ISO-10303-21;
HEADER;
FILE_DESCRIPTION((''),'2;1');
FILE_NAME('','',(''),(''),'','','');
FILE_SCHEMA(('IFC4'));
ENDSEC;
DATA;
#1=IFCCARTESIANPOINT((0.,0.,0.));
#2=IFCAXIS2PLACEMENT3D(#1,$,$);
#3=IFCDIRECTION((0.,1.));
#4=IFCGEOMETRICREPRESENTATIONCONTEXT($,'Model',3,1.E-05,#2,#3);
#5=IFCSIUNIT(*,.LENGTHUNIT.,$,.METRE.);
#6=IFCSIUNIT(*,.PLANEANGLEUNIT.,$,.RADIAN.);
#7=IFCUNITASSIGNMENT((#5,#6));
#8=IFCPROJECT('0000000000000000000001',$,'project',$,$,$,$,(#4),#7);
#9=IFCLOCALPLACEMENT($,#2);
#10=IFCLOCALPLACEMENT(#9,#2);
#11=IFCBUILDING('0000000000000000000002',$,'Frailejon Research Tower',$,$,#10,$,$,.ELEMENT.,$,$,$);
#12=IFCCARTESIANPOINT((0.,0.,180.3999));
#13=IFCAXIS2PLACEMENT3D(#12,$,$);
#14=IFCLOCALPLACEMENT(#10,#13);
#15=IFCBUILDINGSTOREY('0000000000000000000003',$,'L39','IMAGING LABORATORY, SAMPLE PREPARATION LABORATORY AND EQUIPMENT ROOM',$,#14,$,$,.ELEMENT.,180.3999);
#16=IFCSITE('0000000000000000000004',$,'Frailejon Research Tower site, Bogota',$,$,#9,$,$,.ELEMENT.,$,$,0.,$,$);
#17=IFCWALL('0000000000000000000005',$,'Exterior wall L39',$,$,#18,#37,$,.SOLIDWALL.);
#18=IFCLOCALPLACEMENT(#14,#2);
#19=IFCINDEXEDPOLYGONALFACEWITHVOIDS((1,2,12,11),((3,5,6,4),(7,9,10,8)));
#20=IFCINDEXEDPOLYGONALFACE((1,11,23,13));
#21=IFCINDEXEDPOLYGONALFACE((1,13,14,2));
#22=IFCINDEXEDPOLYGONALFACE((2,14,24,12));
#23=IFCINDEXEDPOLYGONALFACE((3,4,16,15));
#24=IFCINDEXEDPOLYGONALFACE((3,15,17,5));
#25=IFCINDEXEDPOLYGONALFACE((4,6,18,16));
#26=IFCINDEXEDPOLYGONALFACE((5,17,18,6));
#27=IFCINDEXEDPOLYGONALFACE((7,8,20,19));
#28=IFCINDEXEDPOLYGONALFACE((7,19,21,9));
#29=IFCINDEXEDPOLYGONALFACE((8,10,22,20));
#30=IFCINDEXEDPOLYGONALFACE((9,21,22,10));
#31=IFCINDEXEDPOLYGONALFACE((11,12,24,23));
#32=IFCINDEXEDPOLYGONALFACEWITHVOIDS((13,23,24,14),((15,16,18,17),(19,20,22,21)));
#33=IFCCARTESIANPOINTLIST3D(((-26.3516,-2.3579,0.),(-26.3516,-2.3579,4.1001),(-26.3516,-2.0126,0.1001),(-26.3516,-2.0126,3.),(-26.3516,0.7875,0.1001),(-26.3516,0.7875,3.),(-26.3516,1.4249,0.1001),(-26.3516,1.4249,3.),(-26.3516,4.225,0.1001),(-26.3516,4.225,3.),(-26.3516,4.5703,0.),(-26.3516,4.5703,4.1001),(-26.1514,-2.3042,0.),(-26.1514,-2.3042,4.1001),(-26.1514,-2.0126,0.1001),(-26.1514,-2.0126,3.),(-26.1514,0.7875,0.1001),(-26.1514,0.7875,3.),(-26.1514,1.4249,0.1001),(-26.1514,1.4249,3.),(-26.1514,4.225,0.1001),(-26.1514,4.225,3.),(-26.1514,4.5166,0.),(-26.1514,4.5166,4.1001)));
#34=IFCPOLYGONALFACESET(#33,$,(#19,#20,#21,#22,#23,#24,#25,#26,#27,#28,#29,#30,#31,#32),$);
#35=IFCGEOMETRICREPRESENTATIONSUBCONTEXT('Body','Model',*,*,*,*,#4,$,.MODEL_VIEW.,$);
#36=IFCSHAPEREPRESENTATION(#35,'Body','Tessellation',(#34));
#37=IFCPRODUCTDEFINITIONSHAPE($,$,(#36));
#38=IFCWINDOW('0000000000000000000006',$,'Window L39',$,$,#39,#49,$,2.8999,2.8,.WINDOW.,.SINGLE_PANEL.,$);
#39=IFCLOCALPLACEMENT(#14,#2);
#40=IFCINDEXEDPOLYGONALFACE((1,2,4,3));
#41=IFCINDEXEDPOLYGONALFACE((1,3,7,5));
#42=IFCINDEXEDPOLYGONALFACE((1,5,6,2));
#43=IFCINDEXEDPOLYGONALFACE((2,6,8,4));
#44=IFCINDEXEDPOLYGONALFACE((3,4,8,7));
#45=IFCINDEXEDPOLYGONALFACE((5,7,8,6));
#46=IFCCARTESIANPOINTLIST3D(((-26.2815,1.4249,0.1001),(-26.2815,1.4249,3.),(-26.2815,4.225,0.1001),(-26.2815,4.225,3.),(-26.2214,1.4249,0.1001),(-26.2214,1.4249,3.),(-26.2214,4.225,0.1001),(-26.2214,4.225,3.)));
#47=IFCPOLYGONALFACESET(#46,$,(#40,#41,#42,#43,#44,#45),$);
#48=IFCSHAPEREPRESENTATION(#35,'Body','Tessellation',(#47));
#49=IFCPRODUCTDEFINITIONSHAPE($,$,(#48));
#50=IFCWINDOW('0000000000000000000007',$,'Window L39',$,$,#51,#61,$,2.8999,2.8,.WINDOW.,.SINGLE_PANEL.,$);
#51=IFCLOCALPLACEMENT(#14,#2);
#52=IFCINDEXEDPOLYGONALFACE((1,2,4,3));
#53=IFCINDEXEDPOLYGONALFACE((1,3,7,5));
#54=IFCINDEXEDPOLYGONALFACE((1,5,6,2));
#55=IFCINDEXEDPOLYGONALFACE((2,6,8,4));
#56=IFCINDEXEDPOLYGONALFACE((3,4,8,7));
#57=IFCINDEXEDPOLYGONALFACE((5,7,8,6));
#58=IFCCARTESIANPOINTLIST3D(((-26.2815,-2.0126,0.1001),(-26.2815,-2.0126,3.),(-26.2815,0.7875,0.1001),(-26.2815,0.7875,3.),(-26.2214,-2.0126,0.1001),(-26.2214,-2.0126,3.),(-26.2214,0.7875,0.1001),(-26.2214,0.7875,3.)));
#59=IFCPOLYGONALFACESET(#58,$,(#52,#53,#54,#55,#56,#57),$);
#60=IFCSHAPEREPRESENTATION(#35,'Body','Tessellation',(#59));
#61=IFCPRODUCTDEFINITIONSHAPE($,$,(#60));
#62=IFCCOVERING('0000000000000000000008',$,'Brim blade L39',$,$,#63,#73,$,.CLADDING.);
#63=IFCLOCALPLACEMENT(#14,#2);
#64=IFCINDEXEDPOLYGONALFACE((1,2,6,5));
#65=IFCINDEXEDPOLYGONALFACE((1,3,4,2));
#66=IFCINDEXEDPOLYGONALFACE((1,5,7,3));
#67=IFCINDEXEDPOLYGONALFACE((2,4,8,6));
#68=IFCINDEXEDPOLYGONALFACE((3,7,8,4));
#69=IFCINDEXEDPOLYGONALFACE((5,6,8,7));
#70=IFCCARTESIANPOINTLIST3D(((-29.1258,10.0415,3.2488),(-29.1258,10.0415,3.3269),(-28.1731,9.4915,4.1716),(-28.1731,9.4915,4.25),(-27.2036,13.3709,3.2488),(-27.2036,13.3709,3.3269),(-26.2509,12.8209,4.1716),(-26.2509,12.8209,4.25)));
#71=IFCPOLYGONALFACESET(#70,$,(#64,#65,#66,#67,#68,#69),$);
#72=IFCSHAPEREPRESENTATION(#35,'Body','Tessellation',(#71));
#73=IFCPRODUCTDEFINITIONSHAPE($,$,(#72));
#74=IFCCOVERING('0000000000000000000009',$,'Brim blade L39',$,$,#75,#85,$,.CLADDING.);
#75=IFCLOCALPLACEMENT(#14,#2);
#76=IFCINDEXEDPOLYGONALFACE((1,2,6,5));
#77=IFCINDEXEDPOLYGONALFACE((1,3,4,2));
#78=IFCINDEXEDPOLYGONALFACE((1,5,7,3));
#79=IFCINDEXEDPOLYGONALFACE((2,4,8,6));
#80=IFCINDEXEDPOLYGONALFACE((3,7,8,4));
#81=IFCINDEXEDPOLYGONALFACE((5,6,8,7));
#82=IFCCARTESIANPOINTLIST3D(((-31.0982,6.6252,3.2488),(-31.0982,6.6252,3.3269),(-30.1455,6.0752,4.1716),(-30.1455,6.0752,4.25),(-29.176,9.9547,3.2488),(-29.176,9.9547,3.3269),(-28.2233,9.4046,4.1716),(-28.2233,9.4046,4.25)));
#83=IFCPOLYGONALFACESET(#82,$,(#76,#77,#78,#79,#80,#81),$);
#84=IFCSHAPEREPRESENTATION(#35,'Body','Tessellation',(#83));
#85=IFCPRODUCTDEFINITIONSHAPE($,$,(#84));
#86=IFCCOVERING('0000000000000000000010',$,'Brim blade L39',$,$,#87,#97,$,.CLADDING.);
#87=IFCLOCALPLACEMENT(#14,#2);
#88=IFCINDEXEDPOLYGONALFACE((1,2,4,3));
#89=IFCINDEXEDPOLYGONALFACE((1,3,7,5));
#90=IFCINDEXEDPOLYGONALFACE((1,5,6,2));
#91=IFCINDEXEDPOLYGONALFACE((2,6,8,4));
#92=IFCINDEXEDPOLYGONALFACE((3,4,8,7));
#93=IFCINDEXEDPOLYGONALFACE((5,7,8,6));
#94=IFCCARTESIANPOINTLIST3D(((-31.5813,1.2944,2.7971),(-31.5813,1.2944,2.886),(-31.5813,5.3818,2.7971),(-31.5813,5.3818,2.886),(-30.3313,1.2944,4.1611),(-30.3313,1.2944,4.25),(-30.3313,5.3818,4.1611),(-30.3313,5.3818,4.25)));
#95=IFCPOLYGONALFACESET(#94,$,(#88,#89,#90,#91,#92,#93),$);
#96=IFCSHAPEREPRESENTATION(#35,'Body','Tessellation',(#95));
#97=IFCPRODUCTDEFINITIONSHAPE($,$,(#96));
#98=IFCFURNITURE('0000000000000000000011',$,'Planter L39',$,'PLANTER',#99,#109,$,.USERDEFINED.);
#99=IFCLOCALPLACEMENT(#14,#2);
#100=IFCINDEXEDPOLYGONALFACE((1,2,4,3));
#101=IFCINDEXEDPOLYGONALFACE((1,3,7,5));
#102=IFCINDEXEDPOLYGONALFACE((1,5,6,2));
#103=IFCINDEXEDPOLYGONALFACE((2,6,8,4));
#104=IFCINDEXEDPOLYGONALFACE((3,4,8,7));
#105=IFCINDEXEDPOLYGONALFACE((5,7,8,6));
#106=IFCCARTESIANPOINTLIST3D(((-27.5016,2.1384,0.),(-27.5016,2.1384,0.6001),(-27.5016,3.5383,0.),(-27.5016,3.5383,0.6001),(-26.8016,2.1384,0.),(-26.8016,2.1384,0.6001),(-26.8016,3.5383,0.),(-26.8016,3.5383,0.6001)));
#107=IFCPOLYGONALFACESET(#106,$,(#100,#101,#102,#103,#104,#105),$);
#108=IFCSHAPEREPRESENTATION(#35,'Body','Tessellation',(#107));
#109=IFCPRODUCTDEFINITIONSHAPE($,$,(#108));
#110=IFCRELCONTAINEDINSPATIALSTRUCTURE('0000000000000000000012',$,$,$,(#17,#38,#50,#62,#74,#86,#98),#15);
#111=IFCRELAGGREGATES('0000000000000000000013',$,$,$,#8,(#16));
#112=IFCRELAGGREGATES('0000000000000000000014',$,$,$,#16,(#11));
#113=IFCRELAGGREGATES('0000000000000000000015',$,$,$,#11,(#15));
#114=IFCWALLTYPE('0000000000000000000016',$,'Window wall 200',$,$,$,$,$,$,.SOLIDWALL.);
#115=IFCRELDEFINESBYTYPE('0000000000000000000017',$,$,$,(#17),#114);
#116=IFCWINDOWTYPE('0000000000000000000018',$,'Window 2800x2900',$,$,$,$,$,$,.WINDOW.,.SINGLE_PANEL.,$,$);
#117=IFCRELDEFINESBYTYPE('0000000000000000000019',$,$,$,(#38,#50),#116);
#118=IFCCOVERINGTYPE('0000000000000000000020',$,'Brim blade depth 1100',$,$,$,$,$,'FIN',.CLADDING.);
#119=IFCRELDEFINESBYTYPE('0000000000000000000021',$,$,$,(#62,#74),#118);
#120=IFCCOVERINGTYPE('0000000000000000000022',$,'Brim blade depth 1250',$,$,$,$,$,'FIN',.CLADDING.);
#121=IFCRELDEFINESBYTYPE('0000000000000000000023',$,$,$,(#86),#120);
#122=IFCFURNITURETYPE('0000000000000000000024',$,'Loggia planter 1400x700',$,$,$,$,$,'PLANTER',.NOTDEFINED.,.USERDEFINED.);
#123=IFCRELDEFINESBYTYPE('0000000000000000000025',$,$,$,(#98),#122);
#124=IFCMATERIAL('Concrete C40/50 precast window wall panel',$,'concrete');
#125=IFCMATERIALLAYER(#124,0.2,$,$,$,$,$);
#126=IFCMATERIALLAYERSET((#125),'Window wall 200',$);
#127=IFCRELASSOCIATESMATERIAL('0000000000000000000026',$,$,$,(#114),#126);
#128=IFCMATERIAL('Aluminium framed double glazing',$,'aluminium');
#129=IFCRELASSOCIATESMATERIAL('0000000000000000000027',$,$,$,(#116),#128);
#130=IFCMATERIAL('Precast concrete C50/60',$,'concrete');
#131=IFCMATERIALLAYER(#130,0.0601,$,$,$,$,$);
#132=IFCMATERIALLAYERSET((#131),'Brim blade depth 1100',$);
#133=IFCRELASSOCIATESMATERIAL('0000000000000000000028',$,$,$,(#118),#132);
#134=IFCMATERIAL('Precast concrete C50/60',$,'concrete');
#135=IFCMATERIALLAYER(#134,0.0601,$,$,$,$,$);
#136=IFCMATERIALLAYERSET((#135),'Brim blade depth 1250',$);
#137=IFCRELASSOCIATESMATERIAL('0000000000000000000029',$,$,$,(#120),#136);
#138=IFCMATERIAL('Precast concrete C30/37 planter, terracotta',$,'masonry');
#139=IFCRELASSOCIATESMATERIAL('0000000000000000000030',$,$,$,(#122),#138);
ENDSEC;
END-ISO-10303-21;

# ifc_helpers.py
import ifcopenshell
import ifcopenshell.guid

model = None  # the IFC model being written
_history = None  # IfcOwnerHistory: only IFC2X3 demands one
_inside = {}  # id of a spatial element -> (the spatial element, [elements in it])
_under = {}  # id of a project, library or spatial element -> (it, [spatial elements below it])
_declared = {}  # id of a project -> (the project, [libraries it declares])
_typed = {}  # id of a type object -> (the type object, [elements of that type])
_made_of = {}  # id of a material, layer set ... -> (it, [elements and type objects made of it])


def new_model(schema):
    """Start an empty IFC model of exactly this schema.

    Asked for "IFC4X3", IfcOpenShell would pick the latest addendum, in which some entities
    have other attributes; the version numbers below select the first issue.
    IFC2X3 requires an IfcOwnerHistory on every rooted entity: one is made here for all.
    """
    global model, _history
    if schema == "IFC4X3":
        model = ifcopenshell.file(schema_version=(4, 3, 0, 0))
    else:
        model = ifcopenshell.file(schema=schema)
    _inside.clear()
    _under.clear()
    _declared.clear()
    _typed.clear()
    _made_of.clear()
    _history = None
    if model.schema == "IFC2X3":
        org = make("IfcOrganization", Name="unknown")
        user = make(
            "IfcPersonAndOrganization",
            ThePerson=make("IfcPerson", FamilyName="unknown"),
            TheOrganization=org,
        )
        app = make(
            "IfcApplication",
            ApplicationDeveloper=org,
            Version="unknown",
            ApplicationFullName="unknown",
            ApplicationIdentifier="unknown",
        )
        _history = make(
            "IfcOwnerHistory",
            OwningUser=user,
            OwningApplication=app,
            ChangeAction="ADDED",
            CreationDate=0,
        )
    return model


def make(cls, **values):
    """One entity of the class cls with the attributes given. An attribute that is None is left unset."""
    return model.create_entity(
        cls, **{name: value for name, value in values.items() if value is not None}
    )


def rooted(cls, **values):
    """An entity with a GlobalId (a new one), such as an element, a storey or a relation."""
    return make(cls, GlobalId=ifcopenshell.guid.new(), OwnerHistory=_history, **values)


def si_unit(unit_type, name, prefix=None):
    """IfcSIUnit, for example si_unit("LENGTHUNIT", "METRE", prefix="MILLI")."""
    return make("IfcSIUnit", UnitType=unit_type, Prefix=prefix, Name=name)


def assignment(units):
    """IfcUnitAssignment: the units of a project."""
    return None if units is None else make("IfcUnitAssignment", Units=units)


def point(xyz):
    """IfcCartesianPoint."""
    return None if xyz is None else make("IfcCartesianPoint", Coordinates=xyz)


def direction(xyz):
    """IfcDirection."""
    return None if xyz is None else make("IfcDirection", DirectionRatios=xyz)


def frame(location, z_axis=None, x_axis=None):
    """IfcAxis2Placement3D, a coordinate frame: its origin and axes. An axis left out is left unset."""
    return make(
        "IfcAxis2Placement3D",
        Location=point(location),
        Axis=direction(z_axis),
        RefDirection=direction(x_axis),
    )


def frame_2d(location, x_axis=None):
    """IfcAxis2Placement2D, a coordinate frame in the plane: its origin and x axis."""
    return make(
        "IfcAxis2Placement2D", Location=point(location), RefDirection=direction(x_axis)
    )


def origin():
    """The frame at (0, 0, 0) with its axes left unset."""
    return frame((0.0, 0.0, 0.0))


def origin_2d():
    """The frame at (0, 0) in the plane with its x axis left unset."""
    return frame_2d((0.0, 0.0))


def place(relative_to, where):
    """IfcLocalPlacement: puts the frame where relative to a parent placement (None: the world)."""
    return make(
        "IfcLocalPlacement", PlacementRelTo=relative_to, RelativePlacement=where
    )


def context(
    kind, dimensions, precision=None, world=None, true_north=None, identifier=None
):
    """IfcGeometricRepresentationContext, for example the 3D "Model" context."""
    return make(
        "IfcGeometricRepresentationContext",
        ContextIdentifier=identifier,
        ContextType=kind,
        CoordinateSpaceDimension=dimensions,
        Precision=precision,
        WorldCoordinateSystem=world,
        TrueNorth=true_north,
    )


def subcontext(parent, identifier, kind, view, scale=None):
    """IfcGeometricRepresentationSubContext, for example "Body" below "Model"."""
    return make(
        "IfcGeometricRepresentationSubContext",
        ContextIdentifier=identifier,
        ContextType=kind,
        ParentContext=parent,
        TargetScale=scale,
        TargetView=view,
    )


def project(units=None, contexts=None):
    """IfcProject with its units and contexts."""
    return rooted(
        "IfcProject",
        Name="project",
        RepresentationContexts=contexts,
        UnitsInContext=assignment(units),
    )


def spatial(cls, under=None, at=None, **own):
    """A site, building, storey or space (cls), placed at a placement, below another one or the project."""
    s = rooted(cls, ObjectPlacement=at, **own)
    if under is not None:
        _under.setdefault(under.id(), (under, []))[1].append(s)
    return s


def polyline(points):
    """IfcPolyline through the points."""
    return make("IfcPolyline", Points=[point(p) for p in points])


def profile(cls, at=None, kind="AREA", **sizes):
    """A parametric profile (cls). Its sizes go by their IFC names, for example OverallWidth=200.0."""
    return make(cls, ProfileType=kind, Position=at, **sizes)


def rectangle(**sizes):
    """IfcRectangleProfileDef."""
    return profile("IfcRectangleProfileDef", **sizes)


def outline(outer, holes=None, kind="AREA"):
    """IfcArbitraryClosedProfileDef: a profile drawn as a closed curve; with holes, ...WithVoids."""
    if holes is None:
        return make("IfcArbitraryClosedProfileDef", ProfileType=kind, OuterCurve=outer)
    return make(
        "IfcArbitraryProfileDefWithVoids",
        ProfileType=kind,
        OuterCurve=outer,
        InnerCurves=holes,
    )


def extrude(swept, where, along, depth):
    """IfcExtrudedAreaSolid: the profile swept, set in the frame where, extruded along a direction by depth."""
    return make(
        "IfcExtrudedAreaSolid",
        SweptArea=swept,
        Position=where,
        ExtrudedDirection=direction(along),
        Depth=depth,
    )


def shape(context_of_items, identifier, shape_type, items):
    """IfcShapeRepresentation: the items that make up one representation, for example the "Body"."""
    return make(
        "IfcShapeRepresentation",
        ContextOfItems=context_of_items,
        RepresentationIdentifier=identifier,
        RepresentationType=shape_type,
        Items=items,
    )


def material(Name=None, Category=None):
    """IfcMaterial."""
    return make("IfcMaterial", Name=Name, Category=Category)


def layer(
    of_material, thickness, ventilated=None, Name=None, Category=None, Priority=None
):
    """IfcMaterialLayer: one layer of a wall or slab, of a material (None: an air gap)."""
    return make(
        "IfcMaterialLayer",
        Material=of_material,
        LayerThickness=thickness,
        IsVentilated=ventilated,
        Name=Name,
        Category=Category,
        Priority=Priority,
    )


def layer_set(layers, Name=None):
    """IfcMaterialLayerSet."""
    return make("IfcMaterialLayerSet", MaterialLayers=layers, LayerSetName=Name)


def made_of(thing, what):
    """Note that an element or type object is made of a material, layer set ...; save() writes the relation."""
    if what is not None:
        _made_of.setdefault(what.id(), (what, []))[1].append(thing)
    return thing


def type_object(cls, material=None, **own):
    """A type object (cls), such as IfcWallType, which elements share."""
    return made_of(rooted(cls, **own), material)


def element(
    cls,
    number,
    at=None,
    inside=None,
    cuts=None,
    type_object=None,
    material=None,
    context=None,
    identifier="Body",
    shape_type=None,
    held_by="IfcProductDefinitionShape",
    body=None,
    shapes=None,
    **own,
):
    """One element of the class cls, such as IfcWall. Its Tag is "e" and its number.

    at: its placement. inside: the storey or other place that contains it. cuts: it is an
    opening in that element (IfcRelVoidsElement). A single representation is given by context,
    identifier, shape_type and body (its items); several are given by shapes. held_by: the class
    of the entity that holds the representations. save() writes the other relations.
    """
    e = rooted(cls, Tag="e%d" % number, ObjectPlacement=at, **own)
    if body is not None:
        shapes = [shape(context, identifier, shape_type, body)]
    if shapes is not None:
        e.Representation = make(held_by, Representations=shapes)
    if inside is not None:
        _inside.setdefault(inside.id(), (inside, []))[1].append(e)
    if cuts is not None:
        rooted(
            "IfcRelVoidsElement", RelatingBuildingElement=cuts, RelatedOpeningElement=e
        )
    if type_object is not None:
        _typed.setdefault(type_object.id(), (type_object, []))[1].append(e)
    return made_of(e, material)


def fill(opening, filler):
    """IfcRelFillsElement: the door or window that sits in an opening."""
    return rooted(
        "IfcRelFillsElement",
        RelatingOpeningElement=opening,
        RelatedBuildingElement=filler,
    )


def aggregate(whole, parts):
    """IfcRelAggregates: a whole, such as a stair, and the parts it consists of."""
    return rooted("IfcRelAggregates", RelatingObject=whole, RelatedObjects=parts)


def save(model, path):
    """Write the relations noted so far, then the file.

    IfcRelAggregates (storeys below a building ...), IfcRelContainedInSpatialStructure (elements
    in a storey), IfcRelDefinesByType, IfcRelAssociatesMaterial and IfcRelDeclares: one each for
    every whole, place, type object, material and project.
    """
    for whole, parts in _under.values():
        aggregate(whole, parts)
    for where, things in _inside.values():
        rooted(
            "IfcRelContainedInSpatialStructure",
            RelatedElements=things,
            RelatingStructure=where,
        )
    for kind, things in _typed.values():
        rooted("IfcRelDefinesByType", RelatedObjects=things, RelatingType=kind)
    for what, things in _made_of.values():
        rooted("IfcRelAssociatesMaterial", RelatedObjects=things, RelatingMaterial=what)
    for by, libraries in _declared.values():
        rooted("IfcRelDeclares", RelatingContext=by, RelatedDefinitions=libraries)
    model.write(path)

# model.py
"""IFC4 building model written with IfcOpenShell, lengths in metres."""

from ifc_helpers import new_model, si_unit, direction, frame, frame_2d, origin, origin_2d, place, context, subcontext, project, spatial, polyline, rectangle, outline, extrude, material, layer, layer_set, type_object, element, fill, save


model = new_model("IFC4")

# Units and contexts
model_context = context("Model", 3, precision=1e-05, world=origin(), true_north=direction((0.0, 1.0)))
body_context = subcontext(model_context, "Body", "Model", "MODEL_VIEW")
ifc_project = project(units=[si_unit("LENGTHUNIT", "METRE"), si_unit("PLANEANGLEUNIT", "RADIAN")], contexts=[model_context])

# Site, building, storey
site_placement = place(None, origin())
site = spatial("IfcSite", under=ifc_project, at=site_placement, Name="Frailejon Research Tower site, Bogota", CompositionType="ELEMENT", RefElevation=0.0)
building_placement = place(site_placement, origin())
building = spatial("IfcBuilding", under=site, at=building_placement, Name="Frailejon Research Tower", CompositionType="ELEMENT")
storey_placement = place(building_placement, frame((0.0, 0.0, 180.3999)))
storey = spatial("IfcBuildingStorey", under=building, at=storey_placement, Name="L39", Description="IMAGING LABORATORY, SAMPLE PREPARATION LABORATORY AND EQUIPMENT ROOM", CompositionType="ELEMENT", Elevation=180.3999)

# Wall, openings, windows
ifc_material_1 = material(Name="Concrete C40/50 precast window wall panel", Category="concrete")
ifc_layer_1 = layer(ifc_material_1, 0.2)
ifc_layer_set_1 = layer_set([ifc_layer_1], Name="Window wall 200")
wall_type_1 = type_object("IfcWallType", Name="Window wall 200", PredefinedType="SOLIDWALL", material=ifc_layer_set_1)
wall_1_placement = place(storey_placement, frame((-26.2515, 4.5435, 0.0), z_axis=(0.0, 0.0, 1.0), x_axis=(0.0, -1.0, 0.0)))
wall_1 = element("IfcWall", 1, at=wall_1_placement, inside=storey, type_object=wall_type_1, Name="Exterior wall L39", PredefinedType="SOLIDWALL", context=body_context, shape_type="SweptSolid", body=[
    extrude(outline(polyline([(-0.0269, -0.1001), (1.1279, -0.1001), (2.2825, -0.1001), (3.4373, -0.1001), (4.592, -0.1001), (5.7466, -0.1001), (6.9014, -0.1001), (6.8477, 0.1001), (5.7109, 0.1001), (4.574, 0.1001), (3.4373, 0.1001), (2.3005, 0.1001), (1.1636, 0.1001), (0.0269, 0.1001), (-0.0269, -0.1001)])), origin(), (0.0, 0.0, 1.0), 4.1001),
])
opening_1_placement = place(wall_1_placement, frame((0.3186, 0.0, 0.1001)))
opening_1 = element("IfcOpeningElement", 2, at=opening_1_placement, cuts=wall_1, PredefinedType="OPENING", context=body_context, shape_type="SweptSolid", body=[
    extrude(rectangle(XDim=2.8, YDim=2.8999, at=frame_2d((1.3999, 1.45))), frame((0.0, 0.1099, 0.0), z_axis=(0.0, -1.0, 0.0), x_axis=(1.0, 0.0, 0.0)), (0.0, 0.0, 1.0), 0.22),
])
opening_2_placement = place(wall_1_placement, frame((3.7561, 0.0, 0.1001)))
opening_2 = element("IfcOpeningElement", 3, at=opening_2_placement, cuts=wall_1, PredefinedType="OPENING", context=body_context, shape_type="SweptSolid", body=[
    extrude(rectangle(XDim=2.8, YDim=2.8999, at=frame_2d((1.3999, 1.45))), frame((0.0, 0.1099, 0.0), z_axis=(0.0, -1.0, 0.0), x_axis=(1.0, 0.0, 0.0)), (0.0, 0.0, 1.0), 0.22),
])
ifc_material_2 = material(Name="Aluminium framed double glazing", Category="aluminium")
window_type = type_object("IfcWindowType", Name="Window 2800x2900", PartitioningType="SINGLE_PANEL", PredefinedType="WINDOW", material=ifc_material_2)
window_1_placement = place(opening_1_placement, origin())
window_1 = element("IfcWindow", 4, at=window_1_placement, inside=storey, type_object=window_type, Name="Window L39", OverallHeight=2.8999, OverallWidth=2.8, PartitioningType="SINGLE_PANEL", PredefinedType="WINDOW", context=body_context, shape_type="SweptSolid", body=[
    extrude(rectangle(XDim=2.8, YDim=2.8999, at=frame_2d((1.3999, 1.45))), frame((0.0, 0.03, 0.0), z_axis=(0.0, -1.0, 0.0), x_axis=(1.0, 0.0, 0.0)), (0.0, 0.0, 1.0), 0.0601),
])
fill(opening_1, window_1)
window_2_placement = place(opening_2_placement, origin())
window_2 = element("IfcWindow", 5, at=window_2_placement, inside=storey, type_object=window_type, Name="Window L39", OverallHeight=2.8999, OverallWidth=2.8, PartitioningType="SINGLE_PANEL", PredefinedType="WINDOW", context=body_context, shape_type="SweptSolid", body=[
    extrude(rectangle(XDim=2.8, YDim=2.8999, at=frame_2d((1.3999, 1.45))), frame((0.0, 0.03, 0.0), z_axis=(0.0, -1.0, 0.0), x_axis=(1.0, 0.0, 0.0)), (0.0, 0.0, 1.0), 0.0601),
])
fill(opening_2, window_2)

# Coverings
ifc_material_3 = material(Name="Precast concrete C50/60", Category="concrete")
ifc_layer_2 = layer(ifc_material_3, 0.0601)
ifc_layer_set_2 = layer_set([ifc_layer_2], Name="Brim blade depth 1100")
covering_type_1 = type_object("IfcCoveringType", Name="Brim blade depth 1100", ElementType="FIN", PredefinedType="CLADDING", material=ifc_layer_set_2)
for number, where, z_axis, x_axis, name in (
    (6, (-28.1731, 9.4915, 4.25), (0.499984, 0.866035, 0.0), (-0.866035, 0.499984, 0.0), "Brim blade L39"),
    (7, (-30.1455, 6.0752, 4.25), (0.500003, 0.866024, 0.0), (-0.866024, 0.500003, 0.0), "Brim blade L39"),
):
    element("IfcCovering", number, at=place(storey_placement, frame(where, z_axis=z_axis, x_axis=x_axis)), inside=storey, type_object=covering_type_1, Name=name, PredefinedType="CLADDING", context=body_context, shape_type="SweptSolid", body=[
        extrude(outline(polyline([(0.0, -0.0784), (1.1001, -1.0012), (1.1001, -0.9231), (0.0, 0.0), (0.0, -0.0784)])), origin(), (0.0, 0.0, 1.0), 3.8445),
    ])
ifc_material_4 = material(Name="Precast concrete C50/60", Category="concrete")
ifc_layer_3 = layer(ifc_material_4, 0.0601)
ifc_layer_set_3 = layer_set([ifc_layer_3], Name="Brim blade depth 1250")
covering_type_2 = type_object("IfcCoveringType", Name="Brim blade depth 1250", ElementType="FIN", PredefinedType="CLADDING", material=ifc_layer_set_3)
covering_placement = place(storey_placement, frame((-30.3313, 1.2944, 4.25), z_axis=(0.0, 1.0, 0.0), x_axis=(-1.0, 0.0, 0.0)))
element("IfcCovering", 8, at=covering_placement, inside=storey, type_object=covering_type_2, Name="Brim blade L39", PredefinedType="CLADDING", context=body_context, shape_type="SweptSolid", body=[
    extrude(outline(polyline([(0.0, -0.0889), (1.25, -1.4529), (1.25, -1.364), (0.0, 0.0), (0.0, -0.0889)])), origin(), (0.0, 0.0, 1.0), 4.0874),
])

# Furniture
ifc_material_5 = material(Name="Precast concrete C30/37 planter, terracotta", Category="masonry")
furniture_type = type_object("IfcFurnitureType", Name="Loggia planter 1400x700", ElementType="PLANTER", AssemblyPlace="NOTDEFINED", PredefinedType="USERDEFINED", material=ifc_material_5)
furniture_placement = place(storey_placement, frame((-27.1516, 2.8384, 0.0), z_axis=(0.0, 0.0, 1.0), x_axis=(0.0, -1.0, 0.0)))
element("IfcFurniture", 9, at=furniture_placement, inside=storey, type_object=furniture_type, Name="Planter L39", ObjectType="PLANTER", PredefinedType="USERDEFINED", context=body_context, shape_type="SweptSolid", body=[
    extrude(rectangle(XDim=1.3999, YDim=0.7, at=origin_2d()), origin(), (0.0, 0.0, 1.0), 0.6001),
])

save(model, "model.ifc")
